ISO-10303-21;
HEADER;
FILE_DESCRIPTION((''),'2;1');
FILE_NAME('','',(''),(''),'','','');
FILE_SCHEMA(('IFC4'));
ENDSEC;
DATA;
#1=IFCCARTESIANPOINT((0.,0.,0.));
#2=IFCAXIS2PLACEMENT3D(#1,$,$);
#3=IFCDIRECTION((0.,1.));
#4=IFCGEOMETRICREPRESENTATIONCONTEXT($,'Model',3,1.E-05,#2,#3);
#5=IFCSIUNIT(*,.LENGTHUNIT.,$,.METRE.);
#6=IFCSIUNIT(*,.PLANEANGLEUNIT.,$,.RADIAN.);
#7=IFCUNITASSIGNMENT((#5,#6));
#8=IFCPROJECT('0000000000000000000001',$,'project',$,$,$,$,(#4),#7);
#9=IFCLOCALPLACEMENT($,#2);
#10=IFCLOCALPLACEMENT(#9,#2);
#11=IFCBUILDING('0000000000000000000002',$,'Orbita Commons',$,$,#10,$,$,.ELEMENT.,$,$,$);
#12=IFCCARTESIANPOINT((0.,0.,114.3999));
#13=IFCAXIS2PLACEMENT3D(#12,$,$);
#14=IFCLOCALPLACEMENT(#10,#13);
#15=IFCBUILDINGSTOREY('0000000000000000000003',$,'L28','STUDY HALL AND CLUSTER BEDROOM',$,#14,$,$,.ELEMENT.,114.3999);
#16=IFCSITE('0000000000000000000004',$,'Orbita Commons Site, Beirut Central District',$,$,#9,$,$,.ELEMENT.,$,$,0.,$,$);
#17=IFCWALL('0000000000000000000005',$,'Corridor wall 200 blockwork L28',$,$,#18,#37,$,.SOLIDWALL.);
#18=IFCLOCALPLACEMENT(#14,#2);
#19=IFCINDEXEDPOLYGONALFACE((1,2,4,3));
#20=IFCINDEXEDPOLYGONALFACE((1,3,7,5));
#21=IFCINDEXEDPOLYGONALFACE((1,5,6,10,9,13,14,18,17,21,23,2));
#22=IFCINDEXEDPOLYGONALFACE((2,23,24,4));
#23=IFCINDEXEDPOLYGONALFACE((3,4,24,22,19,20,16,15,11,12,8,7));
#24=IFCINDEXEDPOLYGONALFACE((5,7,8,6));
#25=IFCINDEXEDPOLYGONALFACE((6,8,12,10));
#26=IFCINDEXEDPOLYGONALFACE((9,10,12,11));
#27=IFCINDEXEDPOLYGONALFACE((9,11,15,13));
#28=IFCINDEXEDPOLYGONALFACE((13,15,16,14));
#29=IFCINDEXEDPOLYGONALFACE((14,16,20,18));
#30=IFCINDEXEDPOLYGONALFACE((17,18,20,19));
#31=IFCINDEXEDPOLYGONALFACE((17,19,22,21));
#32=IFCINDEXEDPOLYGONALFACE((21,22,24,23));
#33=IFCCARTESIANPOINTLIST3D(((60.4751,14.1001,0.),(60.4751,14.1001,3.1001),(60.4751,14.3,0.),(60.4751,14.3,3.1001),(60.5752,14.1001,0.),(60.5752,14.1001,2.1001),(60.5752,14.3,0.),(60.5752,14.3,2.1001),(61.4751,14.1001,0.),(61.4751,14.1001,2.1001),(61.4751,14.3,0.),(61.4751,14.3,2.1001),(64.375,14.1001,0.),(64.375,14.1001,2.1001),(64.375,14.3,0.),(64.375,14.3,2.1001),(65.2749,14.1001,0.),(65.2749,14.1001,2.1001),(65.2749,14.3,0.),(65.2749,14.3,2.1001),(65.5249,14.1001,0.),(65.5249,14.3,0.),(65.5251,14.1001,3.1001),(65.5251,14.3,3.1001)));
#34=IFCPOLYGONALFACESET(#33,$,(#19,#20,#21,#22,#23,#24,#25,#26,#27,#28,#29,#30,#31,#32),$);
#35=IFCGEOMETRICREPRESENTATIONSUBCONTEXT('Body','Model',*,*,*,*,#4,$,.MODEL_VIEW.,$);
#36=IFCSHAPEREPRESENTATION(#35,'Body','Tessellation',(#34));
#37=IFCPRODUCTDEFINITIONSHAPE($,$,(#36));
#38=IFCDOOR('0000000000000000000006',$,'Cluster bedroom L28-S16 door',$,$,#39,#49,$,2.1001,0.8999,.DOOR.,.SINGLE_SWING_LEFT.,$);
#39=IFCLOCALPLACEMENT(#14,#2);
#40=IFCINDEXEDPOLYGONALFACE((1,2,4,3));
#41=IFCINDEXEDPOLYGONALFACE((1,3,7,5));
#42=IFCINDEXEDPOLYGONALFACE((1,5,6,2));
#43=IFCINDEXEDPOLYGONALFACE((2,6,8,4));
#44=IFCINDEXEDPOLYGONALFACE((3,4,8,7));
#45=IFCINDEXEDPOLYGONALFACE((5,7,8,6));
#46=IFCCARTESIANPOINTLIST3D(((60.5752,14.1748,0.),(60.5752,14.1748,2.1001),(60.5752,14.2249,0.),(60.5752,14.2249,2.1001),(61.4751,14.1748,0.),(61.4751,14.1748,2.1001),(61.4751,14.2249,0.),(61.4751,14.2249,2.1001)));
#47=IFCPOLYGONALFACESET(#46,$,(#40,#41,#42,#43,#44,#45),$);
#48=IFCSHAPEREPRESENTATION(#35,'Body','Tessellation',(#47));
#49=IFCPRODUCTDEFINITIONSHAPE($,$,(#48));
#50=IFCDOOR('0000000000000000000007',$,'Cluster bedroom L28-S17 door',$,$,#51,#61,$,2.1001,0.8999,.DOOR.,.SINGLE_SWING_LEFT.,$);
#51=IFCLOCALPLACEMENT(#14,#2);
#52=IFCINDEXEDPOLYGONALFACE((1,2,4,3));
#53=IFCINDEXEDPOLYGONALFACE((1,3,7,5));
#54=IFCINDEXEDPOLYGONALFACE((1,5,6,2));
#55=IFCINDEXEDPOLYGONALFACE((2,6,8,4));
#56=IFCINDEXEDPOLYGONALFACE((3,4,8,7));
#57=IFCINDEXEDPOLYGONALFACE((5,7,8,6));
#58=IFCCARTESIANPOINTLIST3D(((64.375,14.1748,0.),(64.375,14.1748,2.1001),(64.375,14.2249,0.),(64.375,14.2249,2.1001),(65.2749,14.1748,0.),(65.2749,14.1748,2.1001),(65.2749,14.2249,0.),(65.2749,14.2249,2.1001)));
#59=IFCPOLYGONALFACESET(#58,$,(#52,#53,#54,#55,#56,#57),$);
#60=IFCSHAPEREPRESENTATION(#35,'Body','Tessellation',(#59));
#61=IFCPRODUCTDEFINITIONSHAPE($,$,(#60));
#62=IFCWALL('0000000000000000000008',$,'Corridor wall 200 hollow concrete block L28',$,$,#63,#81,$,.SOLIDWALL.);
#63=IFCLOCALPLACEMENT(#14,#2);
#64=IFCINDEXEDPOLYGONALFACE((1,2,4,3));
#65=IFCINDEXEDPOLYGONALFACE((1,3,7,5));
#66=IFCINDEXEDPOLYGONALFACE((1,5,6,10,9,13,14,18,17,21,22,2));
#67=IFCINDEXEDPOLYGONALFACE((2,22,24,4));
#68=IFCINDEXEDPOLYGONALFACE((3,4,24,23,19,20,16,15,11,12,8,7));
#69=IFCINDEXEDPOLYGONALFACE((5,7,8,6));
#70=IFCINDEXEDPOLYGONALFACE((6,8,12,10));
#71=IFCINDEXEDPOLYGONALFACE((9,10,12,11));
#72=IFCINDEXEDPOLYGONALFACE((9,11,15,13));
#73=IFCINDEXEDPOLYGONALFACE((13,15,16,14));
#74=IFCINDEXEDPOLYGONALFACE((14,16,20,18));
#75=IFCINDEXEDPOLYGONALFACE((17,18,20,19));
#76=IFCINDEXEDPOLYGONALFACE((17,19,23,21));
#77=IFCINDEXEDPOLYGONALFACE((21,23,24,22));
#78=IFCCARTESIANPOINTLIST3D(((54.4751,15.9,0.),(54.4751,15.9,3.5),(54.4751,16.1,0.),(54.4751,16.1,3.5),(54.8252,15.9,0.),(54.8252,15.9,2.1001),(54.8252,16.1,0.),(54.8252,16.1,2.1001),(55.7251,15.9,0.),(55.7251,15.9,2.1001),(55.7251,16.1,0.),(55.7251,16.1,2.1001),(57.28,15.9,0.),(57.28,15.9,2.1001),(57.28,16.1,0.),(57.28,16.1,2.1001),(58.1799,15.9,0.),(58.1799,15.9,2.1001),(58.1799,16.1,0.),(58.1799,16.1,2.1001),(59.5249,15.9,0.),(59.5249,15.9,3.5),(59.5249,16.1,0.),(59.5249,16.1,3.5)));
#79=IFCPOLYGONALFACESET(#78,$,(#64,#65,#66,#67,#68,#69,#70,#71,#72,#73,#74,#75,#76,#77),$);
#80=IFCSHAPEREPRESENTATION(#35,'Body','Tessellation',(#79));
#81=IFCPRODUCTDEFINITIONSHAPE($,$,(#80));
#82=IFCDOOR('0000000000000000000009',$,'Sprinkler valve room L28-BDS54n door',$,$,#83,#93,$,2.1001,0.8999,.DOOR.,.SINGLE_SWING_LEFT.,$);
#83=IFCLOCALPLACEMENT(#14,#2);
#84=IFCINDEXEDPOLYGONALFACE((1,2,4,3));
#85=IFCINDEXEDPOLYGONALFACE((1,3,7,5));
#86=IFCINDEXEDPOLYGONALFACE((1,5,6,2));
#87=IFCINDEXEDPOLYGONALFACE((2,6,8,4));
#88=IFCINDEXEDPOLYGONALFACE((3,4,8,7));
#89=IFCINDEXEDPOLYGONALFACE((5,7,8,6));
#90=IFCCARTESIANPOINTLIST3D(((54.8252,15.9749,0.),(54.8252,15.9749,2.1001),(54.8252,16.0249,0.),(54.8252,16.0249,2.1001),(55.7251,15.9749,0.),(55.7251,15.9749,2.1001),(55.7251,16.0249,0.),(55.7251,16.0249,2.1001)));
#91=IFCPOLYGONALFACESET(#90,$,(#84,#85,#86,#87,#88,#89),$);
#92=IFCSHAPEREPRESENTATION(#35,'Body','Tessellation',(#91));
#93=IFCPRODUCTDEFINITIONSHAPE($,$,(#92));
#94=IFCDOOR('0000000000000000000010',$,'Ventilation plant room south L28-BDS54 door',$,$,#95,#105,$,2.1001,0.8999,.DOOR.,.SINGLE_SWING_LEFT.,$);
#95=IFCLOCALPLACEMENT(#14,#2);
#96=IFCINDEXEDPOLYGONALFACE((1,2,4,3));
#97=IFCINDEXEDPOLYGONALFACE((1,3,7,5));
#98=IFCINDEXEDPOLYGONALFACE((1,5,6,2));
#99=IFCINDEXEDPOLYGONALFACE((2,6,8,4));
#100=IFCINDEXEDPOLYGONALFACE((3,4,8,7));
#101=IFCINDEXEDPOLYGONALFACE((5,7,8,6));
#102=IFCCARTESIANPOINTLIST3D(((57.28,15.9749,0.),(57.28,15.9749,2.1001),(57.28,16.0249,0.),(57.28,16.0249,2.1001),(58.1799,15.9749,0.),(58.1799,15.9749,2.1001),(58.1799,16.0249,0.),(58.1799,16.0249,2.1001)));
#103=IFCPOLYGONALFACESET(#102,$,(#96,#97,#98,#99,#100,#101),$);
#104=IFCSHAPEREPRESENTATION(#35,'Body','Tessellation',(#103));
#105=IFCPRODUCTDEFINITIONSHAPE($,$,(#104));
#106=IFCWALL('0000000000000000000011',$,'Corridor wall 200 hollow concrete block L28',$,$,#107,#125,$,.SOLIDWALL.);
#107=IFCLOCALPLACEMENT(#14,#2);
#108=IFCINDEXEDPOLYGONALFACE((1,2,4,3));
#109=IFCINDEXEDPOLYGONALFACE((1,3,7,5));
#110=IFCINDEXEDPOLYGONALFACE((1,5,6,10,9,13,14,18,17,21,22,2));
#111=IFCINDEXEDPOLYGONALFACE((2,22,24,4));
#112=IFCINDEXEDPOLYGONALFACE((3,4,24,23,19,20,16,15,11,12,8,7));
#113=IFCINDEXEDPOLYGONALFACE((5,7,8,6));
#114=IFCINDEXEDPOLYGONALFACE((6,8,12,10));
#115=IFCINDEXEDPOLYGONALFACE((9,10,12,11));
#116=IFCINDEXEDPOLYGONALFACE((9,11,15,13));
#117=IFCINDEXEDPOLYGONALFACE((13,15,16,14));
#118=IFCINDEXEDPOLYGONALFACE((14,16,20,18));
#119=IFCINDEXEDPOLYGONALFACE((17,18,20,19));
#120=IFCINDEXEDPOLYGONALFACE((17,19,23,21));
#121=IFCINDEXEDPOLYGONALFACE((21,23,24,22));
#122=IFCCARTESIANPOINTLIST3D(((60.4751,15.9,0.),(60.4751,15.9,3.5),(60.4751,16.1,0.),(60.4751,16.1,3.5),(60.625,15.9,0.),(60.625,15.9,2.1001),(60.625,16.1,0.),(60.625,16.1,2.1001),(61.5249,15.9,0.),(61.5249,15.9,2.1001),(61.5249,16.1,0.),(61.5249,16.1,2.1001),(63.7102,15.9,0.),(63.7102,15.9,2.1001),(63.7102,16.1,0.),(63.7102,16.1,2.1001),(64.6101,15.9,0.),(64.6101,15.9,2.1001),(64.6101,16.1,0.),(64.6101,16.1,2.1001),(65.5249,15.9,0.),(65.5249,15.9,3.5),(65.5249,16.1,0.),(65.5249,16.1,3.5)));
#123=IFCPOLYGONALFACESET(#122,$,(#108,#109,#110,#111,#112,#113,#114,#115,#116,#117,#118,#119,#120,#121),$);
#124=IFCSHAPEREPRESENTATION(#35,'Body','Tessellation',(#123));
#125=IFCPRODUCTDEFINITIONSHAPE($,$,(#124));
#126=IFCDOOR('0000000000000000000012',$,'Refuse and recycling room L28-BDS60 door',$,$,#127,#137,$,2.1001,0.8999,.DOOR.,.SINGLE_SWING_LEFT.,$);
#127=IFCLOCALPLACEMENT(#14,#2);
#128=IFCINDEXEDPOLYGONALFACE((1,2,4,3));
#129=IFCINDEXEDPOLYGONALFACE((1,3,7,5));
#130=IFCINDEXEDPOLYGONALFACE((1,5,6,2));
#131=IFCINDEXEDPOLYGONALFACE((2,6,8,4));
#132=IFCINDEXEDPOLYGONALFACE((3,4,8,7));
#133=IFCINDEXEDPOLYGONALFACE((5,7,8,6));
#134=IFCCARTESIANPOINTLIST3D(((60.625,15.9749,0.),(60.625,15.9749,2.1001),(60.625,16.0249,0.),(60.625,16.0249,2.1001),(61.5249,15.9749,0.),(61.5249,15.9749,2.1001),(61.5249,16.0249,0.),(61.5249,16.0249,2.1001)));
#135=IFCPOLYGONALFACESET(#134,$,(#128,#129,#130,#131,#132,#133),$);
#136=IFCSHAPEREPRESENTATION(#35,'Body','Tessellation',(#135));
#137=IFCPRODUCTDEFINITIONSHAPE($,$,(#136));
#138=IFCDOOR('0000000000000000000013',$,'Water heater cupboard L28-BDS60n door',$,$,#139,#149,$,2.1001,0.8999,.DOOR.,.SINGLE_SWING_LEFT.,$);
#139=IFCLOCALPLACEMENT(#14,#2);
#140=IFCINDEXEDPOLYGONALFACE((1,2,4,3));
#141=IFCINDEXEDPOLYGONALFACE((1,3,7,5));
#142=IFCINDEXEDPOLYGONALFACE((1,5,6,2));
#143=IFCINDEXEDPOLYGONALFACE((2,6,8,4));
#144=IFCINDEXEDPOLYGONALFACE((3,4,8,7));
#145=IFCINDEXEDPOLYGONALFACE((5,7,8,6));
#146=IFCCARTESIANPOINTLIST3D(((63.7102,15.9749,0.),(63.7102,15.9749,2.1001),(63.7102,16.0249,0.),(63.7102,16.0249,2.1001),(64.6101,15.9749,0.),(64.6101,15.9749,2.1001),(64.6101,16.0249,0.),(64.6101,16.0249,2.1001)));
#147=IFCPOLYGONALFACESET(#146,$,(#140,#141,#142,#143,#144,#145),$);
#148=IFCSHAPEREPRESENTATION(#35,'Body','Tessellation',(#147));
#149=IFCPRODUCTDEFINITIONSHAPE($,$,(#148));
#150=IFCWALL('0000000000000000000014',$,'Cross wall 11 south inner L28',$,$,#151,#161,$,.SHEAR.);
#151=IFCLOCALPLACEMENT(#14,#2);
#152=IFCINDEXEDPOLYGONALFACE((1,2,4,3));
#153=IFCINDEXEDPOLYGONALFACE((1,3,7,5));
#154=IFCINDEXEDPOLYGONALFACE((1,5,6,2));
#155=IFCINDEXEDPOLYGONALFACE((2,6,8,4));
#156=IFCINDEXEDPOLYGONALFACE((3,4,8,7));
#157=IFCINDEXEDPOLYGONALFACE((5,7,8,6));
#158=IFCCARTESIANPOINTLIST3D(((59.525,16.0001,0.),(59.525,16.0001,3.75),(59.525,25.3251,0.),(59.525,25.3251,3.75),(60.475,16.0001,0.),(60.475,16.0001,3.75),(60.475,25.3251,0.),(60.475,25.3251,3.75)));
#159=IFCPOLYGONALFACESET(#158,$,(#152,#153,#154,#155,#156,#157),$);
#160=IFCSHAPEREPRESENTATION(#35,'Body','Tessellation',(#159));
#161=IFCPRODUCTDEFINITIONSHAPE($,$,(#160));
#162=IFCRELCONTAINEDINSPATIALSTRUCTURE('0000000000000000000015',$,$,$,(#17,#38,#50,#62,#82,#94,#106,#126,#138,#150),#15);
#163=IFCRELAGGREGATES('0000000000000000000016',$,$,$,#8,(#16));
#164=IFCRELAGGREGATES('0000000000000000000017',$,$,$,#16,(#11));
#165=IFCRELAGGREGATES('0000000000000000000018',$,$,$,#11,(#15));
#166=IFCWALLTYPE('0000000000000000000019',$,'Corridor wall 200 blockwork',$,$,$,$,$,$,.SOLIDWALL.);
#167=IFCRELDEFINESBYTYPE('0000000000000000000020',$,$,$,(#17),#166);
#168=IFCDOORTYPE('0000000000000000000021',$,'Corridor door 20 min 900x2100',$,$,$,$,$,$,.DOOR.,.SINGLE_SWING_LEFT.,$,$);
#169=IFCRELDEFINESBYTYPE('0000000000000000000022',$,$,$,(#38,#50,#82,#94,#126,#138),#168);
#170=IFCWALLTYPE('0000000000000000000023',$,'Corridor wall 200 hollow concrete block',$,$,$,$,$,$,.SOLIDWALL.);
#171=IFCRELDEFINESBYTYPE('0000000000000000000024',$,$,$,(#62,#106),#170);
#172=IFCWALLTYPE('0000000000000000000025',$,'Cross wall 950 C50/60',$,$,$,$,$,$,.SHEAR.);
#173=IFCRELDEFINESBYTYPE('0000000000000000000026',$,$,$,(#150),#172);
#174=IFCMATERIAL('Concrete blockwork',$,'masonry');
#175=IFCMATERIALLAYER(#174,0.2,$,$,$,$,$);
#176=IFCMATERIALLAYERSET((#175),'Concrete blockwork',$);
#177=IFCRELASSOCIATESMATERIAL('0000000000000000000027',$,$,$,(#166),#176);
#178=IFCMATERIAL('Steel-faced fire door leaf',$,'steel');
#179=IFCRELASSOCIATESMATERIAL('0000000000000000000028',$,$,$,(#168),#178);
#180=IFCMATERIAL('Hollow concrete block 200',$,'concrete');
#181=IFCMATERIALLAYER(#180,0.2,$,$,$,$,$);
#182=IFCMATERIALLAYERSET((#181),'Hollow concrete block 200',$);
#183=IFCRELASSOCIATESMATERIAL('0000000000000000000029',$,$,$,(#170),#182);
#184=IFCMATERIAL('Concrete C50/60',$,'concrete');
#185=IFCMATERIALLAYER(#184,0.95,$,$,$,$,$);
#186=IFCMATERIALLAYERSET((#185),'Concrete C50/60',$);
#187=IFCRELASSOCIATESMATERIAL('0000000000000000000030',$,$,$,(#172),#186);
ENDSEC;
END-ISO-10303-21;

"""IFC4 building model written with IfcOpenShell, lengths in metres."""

from ifc_helpers import new_model, si_unit, direction, frame, frame_2d, origin, place, context, subcontext, project, spatial, polyline, rectangle, outline, extrude, material, layer, layer_set, type_object, element, fill, save


model = new_model("IFC4")

# Units and contexts
model_context = context("Model", 3, precision=1e-05, world=origin(), true_north=direction((0.0, 1.0)))
body_context = subcontext(model_context, "Body", "Model", "MODEL_VIEW")
ifc_project = project(units=[si_unit("LENGTHUNIT", "METRE"), si_unit("PLANEANGLEUNIT", "RADIAN")], contexts=[model_context])

# Site, building, storey
site_placement = place(None, origin())
site = spatial("IfcSite", under=ifc_project, at=site_placement, Name="Orbita Commons Site, Beirut Central District", CompositionType="ELEMENT", RefElevation=0.0)
building_placement = place(site_placement, origin())
building = spatial("IfcBuilding", under=site, at=building_placement, Name="Orbita Commons", CompositionType="ELEMENT")
storey_placement = place(building_placement, frame((0.0, 0.0, 114.3999)))
storey = spatial("IfcBuildingStorey", under=building, at=storey_placement, Name="L28", Description="STUDY HALL AND CLUSTER BEDROOM", CompositionType="ELEMENT", Elevation=114.3999)

# Walls, openings, doors
ifc_material_1 = material(Name="Concrete blockwork", Category="masonry")
ifc_layer_1 = layer(ifc_material_1, 0.2)
ifc_layer_set_1 = layer_set([ifc_layer_1], Name="Concrete blockwork")
wall_type_1 = type_object("IfcWallType", Name="Corridor wall 200 blockwork", PredefinedType="SOLIDWALL", material=ifc_layer_set_1)
ifc_material_2 = material(Name="Steel-faced fire door leaf", Category="steel")
door_type_1 = type_object("IfcDoorType", Name="Corridor door 20 min 900x2100", OperationType="SINGLE_SWING_LEFT", PredefinedType="DOOR", material=ifc_material_2)
wall_1_placement = place(storey_placement, frame((60.4751, 14.2, 0.0), z_axis=(0.0, 0.0, 1.0), x_axis=(1.0, 0.0, 0.0)))
wall_1 = element("IfcWall", 1, at=wall_1_placement, inside=storey, type_object=wall_type_1, Name="Corridor wall 200 blockwork L28", PredefinedType="SOLIDWALL", context=body_context, shape_type="SweptSolid", body=[
    extrude(outline(polyline([(0.0, 0.0), (5.0498, 0.0), (5.05, 3.1001), (0.0, 3.1001), (0.0, 0.0)])), frame((0.0, 0.1001, 0.0), z_axis=(0.0, -1.0, 0.0), x_axis=(1.0, 0.0, 0.0)), (0.0, 0.0, 1.0), 0.2),
])
opening_1_placement = place(wall_1_placement, frame((0.1001, 0.0, 0.0)))
opening_1 = element("IfcOpeningElement", 2, at=opening_1_placement, cuts=wall_1, PredefinedType="OPENING", context=body_context, shape_type="SweptSolid", body=[
    extrude(rectangle(XDim=0.8999, YDim=2.1001, at=frame_2d((0.45, 1.05))), frame((0.0, 0.1099, 0.0), z_axis=(0.0, -1.0, 0.0), x_axis=(1.0, 0.0, 0.0)), (0.0, 0.0, 1.0), 0.22),
])
opening_2_placement = place(wall_1_placement, frame((3.8999, 0.0, 0.0)))
opening_2 = element("IfcOpeningElement", 3, at=opening_2_placement, cuts=wall_1, PredefinedType="OPENING", context=body_context, shape_type="SweptSolid", body=[
    extrude(rectangle(XDim=0.8999, YDim=2.1001, at=frame_2d((0.45, 1.05))), frame((0.0, 0.1099, 0.0), z_axis=(0.0, -1.0, 0.0), x_axis=(1.0, 0.0, 0.0)), (0.0, 0.0, 1.0), 0.22),
])
door_1_placement = place(opening_1_placement, origin())
door_1 = element("IfcDoor", 4, at=door_1_placement, inside=storey, type_object=door_type_1, Name="Cluster bedroom L28-S16 door", OperationType="SINGLE_SWING_LEFT", OverallHeight=2.1001, OverallWidth=0.8999, PredefinedType="DOOR", context=body_context, shape_type="SweptSolid", body=[
    extrude(rectangle(XDim=0.8999, YDim=2.1001, at=frame_2d((0.45, 1.05))), frame((0.0, 0.0249, 0.0), z_axis=(0.0, -1.0, 0.0), x_axis=(1.0, 0.0, 0.0)), (0.0, 0.0, 1.0), 0.05),
])
fill(opening_1, door_1)
door_2_placement = place(opening_2_placement, origin())
door_2 = element("IfcDoor", 5, at=door_2_placement, inside=storey, type_object=door_type_1, Name="Cluster bedroom L28-S17 door", OperationType="SINGLE_SWING_LEFT", OverallHeight=2.1001, OverallWidth=0.8999, PredefinedType="DOOR", context=body_context, shape_type="SweptSolid", body=[
    extrude(rectangle(XDim=0.8999, YDim=2.1001, at=frame_2d((0.45, 1.05))), frame((0.0, 0.0249, 0.0), z_axis=(0.0, -1.0, 0.0), x_axis=(1.0, 0.0, 0.0)), (0.0, 0.0, 1.0), 0.05),
])
fill(opening_2, door_2)
ifc_material_3 = material(Name="Hollow concrete block 200", Category="concrete")
ifc_layer_2 = layer(ifc_material_3, 0.2)
ifc_layer_set_2 = layer_set([ifc_layer_2], Name="Hollow concrete block 200")
wall_type_2 = type_object("IfcWallType", Name="Corridor wall 200 hollow concrete block", PredefinedType="SOLIDWALL", material=ifc_layer_set_2)
wall_2_placement = place(storey_placement, frame((54.4751, 16.0, 0.0), z_axis=(0.0, 0.0, 1.0), x_axis=(1.0, 0.0, 0.0)))
wall_2 = element("IfcWall", 6, at=wall_2_placement, inside=storey, type_object=wall_type_2, Name="Corridor wall 200 hollow concrete block L28", PredefinedType="SOLIDWALL", context=body_context, shape_type="SweptSolid", body=[
    extrude(rectangle(XDim=5.0498, YDim=0.2, at=frame_2d((2.5249, 0.0))), origin(), (0.0, 0.0, 1.0), 3.5),
])
opening_3_placement = place(wall_2_placement, frame((0.3501, 0.0, 0.0)))
opening_3 = element("IfcOpeningElement", 7, at=opening_3_placement, cuts=wall_2, PredefinedType="OPENING", context=body_context, shape_type="SweptSolid", body=[
    extrude(rectangle(XDim=0.8999, YDim=2.1001, at=frame_2d((0.45, 1.05))), frame((0.0, 0.1099, 0.0), z_axis=(0.0, -1.0, 0.0), x_axis=(1.0, 0.0, 0.0)), (0.0, 0.0, 1.0), 0.22),
])
opening_4_placement = place(wall_2_placement, frame((2.8049, 0.0, 0.0)))
opening_4 = element("IfcOpeningElement", 8, at=opening_4_placement, cuts=wall_2, PredefinedType="OPENING", context=body_context, shape_type="SweptSolid", body=[
    extrude(rectangle(XDim=0.8999, YDim=2.1001, at=frame_2d((0.45, 1.05))), frame((0.0, 0.1099, 0.0), z_axis=(0.0, -1.0, 0.0), x_axis=(1.0, 0.0, 0.0)), (0.0, 0.0, 1.0), 0.22),
])
door_3_placement = place(opening_3_placement, origin())
door_3 = element("IfcDoor", 9, at=door_3_placement, inside=storey, type_object=door_type_1, Name="Sprinkler valve room L28-BDS54n door", OperationType="SINGLE_SWING_LEFT", OverallHeight=2.1001, OverallWidth=0.8999, PredefinedType="DOOR", context=body_context, shape_type="SweptSolid", body=[
    extrude(rectangle(XDim=0.8999, YDim=2.1001, at=frame_2d((0.45, 1.05))), frame((0.0, 0.0249, 0.0), z_axis=(0.0, -1.0, 0.0), x_axis=(1.0, 0.0, 0.0)), (0.0, 0.0, 1.0), 0.05),
])
fill(opening_3, door_3)
door_4_placement = place(opening_4_placement, origin())
door_4 = element("IfcDoor", 10, at=door_4_placement, inside=storey, type_object=door_type_1, Name="Ventilation plant room south L28-BDS54 door", OperationType="SINGLE_SWING_LEFT", OverallHeight=2.1001, OverallWidth=0.8999, PredefinedType="DOOR", context=body_context, shape_type="SweptSolid", body=[
    extrude(rectangle(XDim=0.8999, YDim=2.1001, at=frame_2d((0.45, 1.05))), frame((0.0, 0.0249, 0.0), z_axis=(0.0, -1.0, 0.0), x_axis=(1.0, 0.0, 0.0)), (0.0, 0.0, 1.0), 0.05),
])
fill(opening_4, door_4)
wall_3_placement = place(storey_placement, frame((60.4751, 16.0, 0.0), z_axis=(0.0, 0.0, 1.0), x_axis=(1.0, 0.0, 0.0)))
wall_3 = element("IfcWall", 11, at=wall_3_placement, inside=storey, type_object=wall_type_2, Name="Corridor wall 200 hollow concrete block L28", PredefinedType="SOLIDWALL", context=body_context, shape_type="SweptSolid", body=[
    extrude(rectangle(XDim=5.0498, YDim=0.2, at=frame_2d((2.5249, 0.0))), origin(), (0.0, 0.0, 1.0), 3.5),
])
opening_5_placement = place(wall_3_placement, frame((0.1499, 0.0, 0.0)))
opening_5 = element("IfcOpeningElement", 12, at=opening_5_placement, cuts=wall_3, PredefinedType="OPENING", context=body_context, shape_type="SweptSolid", body=[
    extrude(rectangle(XDim=0.8999, YDim=2.1001, at=frame_2d((0.45, 1.05))), frame((0.0, 0.1099, 0.0), z_axis=(0.0, -1.0, 0.0), x_axis=(1.0, 0.0, 0.0)), (0.0, 0.0, 1.0), 0.22),
])
opening_6_placement = place(wall_3_placement, frame((3.2351, 0.0, 0.0)))
opening_6 = element("IfcOpeningElement", 13, at=opening_6_placement, cuts=wall_3, PredefinedType="OPENING", context=body_context, shape_type="SweptSolid", body=[
    extrude(rectangle(XDim=0.8999, YDim=2.1001, at=frame_2d((0.45, 1.05))), frame((0.0, 0.1099, 0.0), z_axis=(0.0, -1.0, 0.0), x_axis=(1.0, 0.0, 0.0)), (0.0, 0.0, 1.0), 0.22),
])
door_5_placement = place(opening_5_placement, origin())
door_5 = element("IfcDoor", 14, at=door_5_placement, inside=storey, type_object=door_type_1, Name="Refuse and recycling room L28-BDS60 door", OperationType="SINGLE_SWING_LEFT", OverallHeight=2.1001, OverallWidth=0.8999, PredefinedType="DOOR", context=body_context, shape_type="SweptSolid", body=[
    extrude(rectangle(XDim=0.8999, YDim=2.1001, at=frame_2d((0.45, 1.05))), frame((0.0, 0.0249, 0.0), z_axis=(0.0, -1.0, 0.0), x_axis=(1.0, 0.0, 0.0)), (0.0, 0.0, 1.0), 0.05),
])
fill(opening_5, door_5)
door_6_placement = place(opening_6_placement, origin())
door_6 = element("IfcDoor", 15, at=door_6_placement, inside=storey, type_object=door_type_1, Name="Water heater cupboard L28-BDS60n door", OperationType="SINGLE_SWING_LEFT", OverallHeight=2.1001, OverallWidth=0.8999, PredefinedType="DOOR", context=body_context, shape_type="SweptSolid", body=[
    extrude(rectangle(XDim=0.8999, YDim=2.1001, at=frame_2d((0.45, 1.05))), frame((0.0, 0.0249, 0.0), z_axis=(0.0, -1.0, 0.0), x_axis=(1.0, 0.0, 0.0)), (0.0, 0.0, 1.0), 0.05),
])
fill(opening_6, door_6)

# Wall
ifc_material_4 = material(Name="Concrete C50/60", Category="concrete")
ifc_layer_3 = layer(ifc_material_4, 0.95)
ifc_layer_set_3 = layer_set([ifc_layer_3], Name="Concrete C50/60")
wall_type_3 = type_object("IfcWallType", Name="Cross wall 950 C50/60", PredefinedType="SHEAR", material=ifc_layer_set_3)
wall_4_placement = place(storey_placement, frame((60.0, 16.0, 0.0), z_axis=(0.0, 0.0, 1.0), x_axis=(0.0, 1.0, 0.0)))
element("IfcWall", 16, at=wall_4_placement, inside=storey, type_object=wall_type_3, Name="Cross wall 11 south inner L28", PredefinedType="SHEAR", context=body_context, shape_type="SweptSolid", body=[
    extrude(rectangle(XDim=9.325, YDim=0.95, at=frame_2d((4.6626, 0.0))), origin(), (0.0, 0.0, 1.0), 3.75),
])

save(model, "model.ifc")
